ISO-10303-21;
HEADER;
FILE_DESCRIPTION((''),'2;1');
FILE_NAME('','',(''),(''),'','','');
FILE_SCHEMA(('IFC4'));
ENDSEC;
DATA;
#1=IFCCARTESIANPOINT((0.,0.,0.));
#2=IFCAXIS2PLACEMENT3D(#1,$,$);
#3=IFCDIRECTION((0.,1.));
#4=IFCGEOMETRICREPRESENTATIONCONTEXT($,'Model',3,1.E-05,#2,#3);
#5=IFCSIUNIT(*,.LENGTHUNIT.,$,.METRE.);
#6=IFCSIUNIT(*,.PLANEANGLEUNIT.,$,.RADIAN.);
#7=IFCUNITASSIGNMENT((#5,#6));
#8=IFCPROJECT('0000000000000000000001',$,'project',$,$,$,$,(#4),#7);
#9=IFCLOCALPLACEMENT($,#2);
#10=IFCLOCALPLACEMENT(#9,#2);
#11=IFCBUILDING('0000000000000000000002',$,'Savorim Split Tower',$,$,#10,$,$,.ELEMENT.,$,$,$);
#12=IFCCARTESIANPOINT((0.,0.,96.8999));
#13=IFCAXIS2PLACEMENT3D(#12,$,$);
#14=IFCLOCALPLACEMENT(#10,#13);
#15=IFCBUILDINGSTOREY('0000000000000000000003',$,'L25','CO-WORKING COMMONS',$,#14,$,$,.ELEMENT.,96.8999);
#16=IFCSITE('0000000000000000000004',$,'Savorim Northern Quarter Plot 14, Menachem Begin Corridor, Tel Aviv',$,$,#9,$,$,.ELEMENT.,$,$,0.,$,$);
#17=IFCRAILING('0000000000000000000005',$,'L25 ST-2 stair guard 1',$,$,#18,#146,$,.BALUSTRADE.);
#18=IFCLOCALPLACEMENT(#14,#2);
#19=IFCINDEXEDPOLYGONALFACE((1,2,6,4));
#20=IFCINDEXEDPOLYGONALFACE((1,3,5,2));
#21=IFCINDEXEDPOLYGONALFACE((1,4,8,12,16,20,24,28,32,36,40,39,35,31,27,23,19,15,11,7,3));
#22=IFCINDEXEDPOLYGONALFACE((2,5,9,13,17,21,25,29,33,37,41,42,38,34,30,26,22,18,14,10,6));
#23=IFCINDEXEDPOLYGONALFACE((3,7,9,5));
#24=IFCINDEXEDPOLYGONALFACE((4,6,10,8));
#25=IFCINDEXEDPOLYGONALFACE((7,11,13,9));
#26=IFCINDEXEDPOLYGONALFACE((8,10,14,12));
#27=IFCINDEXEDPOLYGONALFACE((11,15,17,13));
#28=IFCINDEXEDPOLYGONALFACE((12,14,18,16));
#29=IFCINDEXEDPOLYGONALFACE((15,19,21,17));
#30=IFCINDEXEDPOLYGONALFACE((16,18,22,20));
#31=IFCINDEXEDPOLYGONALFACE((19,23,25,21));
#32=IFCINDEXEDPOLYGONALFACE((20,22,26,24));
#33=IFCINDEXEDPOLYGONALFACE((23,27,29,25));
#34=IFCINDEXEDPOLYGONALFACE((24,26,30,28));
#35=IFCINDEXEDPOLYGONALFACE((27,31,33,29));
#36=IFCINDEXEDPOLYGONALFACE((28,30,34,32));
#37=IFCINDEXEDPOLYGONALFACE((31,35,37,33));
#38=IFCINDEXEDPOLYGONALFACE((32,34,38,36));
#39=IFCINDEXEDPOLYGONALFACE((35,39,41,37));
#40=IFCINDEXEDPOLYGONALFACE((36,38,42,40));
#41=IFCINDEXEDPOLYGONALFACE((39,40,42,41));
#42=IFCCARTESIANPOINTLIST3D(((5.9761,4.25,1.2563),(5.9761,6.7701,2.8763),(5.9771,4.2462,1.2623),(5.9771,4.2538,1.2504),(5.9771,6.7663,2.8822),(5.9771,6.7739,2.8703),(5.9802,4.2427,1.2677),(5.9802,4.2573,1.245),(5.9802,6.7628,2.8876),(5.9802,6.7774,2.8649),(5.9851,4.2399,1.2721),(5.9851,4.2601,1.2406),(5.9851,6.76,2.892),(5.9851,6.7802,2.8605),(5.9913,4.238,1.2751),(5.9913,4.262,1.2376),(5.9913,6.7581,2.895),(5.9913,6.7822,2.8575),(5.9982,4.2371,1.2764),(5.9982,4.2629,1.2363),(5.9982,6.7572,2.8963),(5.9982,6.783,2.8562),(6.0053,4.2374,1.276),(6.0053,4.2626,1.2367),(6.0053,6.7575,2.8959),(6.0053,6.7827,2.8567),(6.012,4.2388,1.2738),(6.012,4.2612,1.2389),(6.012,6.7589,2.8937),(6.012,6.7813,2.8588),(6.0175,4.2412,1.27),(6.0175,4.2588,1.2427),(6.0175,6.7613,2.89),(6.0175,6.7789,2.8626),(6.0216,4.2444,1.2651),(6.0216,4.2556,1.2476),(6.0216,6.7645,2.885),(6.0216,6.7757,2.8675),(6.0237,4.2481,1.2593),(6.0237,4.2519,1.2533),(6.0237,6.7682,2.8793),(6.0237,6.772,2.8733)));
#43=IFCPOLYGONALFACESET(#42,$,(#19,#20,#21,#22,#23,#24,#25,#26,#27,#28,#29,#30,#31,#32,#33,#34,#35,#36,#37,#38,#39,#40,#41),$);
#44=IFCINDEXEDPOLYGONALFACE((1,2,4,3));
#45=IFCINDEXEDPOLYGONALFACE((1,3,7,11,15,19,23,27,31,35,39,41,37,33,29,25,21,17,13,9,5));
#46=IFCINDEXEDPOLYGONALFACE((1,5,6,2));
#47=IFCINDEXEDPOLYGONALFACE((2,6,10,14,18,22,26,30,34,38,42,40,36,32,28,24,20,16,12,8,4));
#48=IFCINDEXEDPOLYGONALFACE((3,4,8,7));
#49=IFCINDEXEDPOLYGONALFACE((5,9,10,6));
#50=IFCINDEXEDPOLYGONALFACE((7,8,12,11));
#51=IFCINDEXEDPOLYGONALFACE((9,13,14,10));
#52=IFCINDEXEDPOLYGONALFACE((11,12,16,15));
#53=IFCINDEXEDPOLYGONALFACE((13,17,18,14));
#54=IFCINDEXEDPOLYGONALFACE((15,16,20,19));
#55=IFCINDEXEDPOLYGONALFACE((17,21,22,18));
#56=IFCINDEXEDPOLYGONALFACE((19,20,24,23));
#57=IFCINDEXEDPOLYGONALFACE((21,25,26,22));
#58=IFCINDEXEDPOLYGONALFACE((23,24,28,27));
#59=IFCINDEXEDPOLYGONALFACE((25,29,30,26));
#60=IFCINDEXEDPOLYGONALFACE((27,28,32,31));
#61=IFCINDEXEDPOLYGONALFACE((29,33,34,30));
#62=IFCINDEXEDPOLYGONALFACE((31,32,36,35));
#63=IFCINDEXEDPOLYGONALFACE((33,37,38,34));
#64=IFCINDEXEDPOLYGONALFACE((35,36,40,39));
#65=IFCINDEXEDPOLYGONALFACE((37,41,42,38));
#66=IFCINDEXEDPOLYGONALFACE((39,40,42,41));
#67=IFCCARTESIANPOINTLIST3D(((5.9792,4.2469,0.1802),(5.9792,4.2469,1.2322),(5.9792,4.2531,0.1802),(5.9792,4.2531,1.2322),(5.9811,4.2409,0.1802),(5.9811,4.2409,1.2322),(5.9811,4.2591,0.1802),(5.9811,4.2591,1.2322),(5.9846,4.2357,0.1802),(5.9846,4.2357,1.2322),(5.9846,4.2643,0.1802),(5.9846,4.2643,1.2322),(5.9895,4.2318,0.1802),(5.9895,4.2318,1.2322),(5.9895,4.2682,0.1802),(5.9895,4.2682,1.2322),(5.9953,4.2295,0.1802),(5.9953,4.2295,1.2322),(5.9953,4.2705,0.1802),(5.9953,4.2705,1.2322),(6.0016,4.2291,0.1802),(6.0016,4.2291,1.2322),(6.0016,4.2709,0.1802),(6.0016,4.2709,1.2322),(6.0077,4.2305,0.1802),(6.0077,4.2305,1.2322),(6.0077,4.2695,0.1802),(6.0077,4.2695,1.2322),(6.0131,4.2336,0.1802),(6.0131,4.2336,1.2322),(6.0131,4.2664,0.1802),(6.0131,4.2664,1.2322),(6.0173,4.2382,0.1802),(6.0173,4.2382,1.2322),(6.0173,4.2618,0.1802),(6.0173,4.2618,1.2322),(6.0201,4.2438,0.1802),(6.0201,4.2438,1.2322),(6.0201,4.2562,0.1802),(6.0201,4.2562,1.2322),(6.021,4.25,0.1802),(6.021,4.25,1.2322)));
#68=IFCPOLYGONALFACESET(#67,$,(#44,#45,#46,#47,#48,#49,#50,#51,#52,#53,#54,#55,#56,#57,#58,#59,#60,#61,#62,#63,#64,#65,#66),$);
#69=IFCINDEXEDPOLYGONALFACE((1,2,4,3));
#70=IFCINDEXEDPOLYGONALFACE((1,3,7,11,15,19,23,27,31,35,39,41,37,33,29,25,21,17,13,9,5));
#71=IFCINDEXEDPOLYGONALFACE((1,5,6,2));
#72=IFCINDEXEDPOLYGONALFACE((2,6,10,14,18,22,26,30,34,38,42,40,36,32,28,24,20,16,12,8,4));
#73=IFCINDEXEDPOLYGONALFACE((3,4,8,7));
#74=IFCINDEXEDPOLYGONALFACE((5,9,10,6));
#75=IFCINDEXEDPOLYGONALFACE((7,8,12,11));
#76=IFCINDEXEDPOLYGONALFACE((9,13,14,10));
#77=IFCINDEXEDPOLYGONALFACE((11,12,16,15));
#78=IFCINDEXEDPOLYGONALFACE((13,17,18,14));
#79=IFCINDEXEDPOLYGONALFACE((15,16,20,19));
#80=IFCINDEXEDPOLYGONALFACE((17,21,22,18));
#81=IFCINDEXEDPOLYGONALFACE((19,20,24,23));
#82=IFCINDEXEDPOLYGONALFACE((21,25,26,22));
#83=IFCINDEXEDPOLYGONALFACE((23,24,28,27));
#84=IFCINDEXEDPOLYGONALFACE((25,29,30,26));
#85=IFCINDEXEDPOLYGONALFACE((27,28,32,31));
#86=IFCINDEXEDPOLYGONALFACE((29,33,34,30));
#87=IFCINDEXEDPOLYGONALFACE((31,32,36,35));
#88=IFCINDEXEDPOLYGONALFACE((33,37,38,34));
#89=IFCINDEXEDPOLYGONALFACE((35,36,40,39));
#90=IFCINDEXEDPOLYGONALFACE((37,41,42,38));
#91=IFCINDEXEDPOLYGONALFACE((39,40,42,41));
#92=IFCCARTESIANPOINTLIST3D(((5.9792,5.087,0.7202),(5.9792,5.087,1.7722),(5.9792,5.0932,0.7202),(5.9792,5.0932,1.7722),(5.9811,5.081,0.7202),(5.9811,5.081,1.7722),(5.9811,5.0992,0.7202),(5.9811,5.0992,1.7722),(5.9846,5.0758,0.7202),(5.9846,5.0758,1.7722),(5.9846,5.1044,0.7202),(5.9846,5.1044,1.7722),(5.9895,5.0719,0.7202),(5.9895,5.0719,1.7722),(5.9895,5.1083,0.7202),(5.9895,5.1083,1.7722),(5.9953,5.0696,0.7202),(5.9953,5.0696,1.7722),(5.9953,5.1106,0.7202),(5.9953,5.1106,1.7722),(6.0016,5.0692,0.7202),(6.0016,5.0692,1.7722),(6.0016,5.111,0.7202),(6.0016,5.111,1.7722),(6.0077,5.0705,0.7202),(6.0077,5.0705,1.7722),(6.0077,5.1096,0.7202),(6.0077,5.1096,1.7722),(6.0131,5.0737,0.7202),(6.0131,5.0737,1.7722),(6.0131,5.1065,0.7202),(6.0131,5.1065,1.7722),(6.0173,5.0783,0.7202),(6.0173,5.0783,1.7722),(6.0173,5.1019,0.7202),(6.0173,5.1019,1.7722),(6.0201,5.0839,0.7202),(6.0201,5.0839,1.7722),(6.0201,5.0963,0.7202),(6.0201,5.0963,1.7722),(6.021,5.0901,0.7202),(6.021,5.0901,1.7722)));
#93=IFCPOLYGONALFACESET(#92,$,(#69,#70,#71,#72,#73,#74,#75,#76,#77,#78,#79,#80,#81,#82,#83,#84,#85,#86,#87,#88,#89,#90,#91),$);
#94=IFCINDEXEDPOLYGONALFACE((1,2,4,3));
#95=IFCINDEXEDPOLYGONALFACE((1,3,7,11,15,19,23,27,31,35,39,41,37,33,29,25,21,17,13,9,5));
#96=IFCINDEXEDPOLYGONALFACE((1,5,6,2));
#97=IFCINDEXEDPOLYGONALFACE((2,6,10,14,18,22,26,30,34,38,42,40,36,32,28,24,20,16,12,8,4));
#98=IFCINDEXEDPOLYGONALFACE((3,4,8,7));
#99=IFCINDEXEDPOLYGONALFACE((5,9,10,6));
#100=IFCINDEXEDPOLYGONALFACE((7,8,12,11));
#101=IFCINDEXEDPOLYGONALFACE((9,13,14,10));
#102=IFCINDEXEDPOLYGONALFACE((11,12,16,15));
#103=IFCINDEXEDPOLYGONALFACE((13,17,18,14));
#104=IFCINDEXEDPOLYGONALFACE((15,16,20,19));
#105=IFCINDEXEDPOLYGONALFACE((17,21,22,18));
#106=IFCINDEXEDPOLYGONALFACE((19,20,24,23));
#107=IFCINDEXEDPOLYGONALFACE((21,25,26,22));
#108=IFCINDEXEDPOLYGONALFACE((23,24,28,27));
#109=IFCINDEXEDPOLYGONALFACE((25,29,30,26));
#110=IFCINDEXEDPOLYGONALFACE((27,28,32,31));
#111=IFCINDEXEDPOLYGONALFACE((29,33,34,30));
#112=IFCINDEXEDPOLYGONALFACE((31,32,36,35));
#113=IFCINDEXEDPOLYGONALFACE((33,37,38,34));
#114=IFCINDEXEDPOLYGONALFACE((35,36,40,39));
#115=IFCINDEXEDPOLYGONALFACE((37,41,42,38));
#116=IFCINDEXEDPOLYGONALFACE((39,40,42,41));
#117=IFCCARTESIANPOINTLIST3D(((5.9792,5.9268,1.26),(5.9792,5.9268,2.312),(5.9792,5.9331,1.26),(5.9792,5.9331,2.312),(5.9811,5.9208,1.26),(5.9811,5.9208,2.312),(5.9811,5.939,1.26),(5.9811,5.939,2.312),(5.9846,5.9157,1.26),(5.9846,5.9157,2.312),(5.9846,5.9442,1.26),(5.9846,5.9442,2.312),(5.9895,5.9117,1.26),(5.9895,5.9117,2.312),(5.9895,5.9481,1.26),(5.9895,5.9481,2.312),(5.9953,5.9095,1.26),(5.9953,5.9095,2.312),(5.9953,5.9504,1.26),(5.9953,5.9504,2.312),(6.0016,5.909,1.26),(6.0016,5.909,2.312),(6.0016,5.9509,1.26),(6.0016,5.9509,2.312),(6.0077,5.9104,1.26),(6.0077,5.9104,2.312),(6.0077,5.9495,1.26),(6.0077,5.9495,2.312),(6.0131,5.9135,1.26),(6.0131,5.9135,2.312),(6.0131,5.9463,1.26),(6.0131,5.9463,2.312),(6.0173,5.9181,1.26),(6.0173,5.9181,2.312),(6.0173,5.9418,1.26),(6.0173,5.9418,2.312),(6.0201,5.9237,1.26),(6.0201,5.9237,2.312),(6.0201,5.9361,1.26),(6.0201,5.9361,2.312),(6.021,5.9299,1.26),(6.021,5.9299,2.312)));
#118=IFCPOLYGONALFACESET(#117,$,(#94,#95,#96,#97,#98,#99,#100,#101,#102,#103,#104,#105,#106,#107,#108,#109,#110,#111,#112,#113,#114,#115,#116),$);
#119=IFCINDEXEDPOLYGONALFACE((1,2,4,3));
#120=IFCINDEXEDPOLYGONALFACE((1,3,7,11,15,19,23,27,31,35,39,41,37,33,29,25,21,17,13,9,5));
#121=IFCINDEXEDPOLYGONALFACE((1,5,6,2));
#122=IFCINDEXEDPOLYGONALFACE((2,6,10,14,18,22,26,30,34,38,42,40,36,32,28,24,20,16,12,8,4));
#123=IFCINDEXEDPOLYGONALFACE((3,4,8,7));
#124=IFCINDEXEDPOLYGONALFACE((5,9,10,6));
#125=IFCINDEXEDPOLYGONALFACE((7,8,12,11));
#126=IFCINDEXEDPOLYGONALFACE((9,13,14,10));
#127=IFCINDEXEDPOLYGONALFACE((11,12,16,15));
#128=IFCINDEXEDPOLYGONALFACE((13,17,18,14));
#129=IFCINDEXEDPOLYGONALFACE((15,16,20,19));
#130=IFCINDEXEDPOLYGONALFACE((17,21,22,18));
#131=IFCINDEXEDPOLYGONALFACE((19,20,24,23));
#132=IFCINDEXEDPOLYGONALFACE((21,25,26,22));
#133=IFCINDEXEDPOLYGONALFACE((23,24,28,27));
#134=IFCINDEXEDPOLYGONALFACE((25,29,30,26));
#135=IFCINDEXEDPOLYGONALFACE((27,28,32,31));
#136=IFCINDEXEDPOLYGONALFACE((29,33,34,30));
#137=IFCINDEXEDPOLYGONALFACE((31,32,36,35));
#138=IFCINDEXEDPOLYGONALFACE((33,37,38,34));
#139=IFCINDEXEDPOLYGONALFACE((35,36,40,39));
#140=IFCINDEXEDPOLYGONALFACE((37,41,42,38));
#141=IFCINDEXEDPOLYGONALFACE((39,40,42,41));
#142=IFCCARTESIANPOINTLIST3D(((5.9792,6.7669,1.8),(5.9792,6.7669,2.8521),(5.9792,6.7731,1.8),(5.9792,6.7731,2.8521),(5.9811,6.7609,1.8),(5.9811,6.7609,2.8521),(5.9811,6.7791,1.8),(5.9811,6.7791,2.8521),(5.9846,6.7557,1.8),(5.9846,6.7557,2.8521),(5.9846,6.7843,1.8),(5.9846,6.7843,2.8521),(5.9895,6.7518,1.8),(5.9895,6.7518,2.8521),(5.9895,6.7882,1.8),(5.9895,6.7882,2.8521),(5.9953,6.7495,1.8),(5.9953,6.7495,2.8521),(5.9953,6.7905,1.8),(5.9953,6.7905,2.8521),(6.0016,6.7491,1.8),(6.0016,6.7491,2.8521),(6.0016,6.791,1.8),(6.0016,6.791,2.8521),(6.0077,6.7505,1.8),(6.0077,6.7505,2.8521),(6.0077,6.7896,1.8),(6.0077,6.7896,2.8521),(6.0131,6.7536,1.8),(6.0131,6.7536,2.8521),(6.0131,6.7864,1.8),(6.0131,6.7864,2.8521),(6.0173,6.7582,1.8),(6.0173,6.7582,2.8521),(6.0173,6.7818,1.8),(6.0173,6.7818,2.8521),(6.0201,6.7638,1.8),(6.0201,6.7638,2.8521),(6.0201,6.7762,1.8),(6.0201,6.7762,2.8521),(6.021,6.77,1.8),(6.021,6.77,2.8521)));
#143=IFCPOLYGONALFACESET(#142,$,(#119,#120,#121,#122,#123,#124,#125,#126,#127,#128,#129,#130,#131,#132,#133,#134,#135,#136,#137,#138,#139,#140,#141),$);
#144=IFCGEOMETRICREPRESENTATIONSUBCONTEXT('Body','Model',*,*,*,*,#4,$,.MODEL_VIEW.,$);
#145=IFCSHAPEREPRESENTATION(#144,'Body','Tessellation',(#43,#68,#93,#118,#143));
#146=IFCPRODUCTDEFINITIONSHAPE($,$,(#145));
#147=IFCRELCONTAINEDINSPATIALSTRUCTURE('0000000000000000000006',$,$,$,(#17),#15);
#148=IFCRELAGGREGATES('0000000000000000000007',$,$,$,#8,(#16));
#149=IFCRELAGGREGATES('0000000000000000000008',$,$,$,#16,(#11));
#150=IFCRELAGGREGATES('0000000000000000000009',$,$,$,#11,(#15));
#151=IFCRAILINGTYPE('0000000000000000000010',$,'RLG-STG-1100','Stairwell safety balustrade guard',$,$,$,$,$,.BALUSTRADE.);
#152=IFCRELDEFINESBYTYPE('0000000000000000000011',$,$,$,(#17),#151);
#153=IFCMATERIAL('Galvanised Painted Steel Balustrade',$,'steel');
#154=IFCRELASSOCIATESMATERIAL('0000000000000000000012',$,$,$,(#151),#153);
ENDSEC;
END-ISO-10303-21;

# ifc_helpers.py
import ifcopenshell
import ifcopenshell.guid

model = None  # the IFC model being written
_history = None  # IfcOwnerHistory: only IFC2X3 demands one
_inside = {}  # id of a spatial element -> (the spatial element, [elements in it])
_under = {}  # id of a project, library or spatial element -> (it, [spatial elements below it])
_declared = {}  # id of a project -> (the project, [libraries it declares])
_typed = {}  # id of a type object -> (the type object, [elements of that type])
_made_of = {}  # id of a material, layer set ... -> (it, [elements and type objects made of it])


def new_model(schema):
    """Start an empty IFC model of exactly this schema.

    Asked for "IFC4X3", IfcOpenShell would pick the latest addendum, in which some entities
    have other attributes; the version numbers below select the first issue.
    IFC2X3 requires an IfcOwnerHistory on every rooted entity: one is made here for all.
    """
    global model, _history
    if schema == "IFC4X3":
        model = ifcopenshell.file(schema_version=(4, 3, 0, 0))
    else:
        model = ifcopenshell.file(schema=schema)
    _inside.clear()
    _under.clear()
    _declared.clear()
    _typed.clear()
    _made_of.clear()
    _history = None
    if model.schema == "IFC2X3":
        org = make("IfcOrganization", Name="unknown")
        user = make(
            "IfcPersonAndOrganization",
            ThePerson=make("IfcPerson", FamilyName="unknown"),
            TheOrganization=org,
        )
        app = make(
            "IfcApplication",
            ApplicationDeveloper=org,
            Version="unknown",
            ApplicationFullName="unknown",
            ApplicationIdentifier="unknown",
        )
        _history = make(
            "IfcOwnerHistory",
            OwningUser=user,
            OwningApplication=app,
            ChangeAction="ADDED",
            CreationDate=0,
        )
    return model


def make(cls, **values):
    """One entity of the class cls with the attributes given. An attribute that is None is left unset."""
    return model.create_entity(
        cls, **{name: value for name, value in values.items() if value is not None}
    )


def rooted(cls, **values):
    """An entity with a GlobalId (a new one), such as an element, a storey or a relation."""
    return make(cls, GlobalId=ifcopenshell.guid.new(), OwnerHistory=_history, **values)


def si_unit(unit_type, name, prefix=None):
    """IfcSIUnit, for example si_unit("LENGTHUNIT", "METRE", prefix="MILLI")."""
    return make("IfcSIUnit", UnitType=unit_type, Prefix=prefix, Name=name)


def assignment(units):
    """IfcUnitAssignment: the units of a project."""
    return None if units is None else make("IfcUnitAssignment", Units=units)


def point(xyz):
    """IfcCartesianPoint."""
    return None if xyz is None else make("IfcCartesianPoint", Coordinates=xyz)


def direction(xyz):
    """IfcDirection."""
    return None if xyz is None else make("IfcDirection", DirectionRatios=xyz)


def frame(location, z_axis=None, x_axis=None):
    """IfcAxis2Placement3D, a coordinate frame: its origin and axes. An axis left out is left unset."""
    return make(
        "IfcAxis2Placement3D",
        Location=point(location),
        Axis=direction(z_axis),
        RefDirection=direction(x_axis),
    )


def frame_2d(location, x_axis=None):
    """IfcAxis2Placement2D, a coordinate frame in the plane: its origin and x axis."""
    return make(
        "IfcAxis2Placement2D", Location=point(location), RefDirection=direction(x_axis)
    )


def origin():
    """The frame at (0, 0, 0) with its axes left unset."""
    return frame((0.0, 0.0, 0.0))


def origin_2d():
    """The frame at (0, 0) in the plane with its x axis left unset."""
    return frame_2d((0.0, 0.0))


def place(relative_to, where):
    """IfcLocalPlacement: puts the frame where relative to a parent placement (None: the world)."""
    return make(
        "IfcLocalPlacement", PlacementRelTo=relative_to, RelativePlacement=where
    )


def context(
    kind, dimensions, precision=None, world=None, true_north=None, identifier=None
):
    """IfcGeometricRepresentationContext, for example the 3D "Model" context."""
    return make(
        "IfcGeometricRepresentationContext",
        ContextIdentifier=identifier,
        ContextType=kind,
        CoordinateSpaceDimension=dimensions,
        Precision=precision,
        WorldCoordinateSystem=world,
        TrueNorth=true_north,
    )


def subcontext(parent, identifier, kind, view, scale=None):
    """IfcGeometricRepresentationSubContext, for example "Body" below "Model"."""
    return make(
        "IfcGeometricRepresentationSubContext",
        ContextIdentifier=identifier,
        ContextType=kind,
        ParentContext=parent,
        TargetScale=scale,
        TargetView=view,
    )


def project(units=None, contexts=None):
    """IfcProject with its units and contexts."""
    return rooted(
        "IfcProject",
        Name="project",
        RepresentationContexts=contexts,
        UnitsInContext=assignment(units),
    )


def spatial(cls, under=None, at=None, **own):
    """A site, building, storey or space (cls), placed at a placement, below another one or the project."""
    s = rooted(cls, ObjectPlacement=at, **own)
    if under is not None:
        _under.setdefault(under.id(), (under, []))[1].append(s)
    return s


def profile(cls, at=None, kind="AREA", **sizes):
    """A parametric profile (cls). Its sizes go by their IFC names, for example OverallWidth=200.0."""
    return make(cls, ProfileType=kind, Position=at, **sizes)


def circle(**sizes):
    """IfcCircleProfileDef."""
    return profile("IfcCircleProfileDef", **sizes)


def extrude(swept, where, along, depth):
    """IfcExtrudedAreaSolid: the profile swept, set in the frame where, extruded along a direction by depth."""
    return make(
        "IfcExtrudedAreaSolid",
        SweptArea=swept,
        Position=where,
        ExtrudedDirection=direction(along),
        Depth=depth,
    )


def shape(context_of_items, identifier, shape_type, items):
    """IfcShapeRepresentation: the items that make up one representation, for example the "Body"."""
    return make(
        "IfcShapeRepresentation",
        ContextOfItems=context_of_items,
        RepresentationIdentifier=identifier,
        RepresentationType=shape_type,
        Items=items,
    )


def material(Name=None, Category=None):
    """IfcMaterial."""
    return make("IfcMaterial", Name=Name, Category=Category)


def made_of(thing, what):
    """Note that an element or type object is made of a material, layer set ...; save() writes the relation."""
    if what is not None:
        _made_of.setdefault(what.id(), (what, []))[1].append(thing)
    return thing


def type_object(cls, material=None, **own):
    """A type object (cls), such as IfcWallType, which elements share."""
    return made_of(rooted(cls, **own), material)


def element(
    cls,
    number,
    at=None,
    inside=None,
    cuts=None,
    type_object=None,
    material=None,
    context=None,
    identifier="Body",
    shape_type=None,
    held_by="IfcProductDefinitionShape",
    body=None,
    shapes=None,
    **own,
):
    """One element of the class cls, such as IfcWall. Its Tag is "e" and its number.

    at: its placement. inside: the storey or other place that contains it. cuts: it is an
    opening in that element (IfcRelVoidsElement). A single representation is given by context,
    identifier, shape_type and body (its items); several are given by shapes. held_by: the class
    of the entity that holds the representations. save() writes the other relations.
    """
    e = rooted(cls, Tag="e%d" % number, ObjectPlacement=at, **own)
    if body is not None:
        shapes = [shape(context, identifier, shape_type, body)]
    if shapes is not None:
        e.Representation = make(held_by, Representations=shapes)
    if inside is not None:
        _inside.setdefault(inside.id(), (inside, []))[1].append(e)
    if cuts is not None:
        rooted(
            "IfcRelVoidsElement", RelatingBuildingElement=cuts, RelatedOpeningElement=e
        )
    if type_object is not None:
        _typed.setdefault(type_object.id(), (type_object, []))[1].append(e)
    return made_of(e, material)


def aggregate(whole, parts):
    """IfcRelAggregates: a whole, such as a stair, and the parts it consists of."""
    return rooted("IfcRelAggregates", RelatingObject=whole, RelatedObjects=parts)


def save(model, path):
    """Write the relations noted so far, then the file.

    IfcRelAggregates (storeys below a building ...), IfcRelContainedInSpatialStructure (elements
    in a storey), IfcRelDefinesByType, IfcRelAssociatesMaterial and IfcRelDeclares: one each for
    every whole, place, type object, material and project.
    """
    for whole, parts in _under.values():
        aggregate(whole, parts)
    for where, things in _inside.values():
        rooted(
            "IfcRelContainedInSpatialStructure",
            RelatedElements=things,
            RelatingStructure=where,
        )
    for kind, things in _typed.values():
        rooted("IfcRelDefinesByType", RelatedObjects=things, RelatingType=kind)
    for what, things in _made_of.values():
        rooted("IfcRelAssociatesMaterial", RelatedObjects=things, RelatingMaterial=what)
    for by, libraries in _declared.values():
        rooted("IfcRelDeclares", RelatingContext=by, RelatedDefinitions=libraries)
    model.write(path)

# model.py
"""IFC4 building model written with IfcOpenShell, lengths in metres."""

from ifc_helpers import new_model, si_unit, direction, frame, origin, origin_2d, place, context, subcontext, project, spatial, circle, extrude, material, type_object, element, save


model = new_model("IFC4")

# Units and contexts
model_context = context("Model", 3, precision=1e-05, world=origin(), true_north=direction((0.0, 1.0)))
body_context = subcontext(model_context, "Body", "Model", "MODEL_VIEW")
ifc_project = project(units=[si_unit("LENGTHUNIT", "METRE"), si_unit("PLANEANGLEUNIT", "RADIAN")], contexts=[model_context])

# Site, building, storey
site_placement = place(None, origin())
site = spatial("IfcSite", under=ifc_project, at=site_placement, Name="Savorim Northern Quarter Plot 14, Menachem Begin Corridor, Tel Aviv", CompositionType="ELEMENT", RefElevation=0.0)
building_placement = place(site_placement, origin())
building = spatial("IfcBuilding", under=site, at=building_placement, Name="Savorim Split Tower", CompositionType="ELEMENT")
storey_placement = place(building_placement, frame((0.0, 0.0, 96.8999)))
storey = spatial("IfcBuildingStorey", under=building, at=storey_placement, Name="L25", Description="CO-WORKING COMMONS", CompositionType="ELEMENT", Elevation=96.8999)

# Railing
ifc_material_1 = material(Name="Galvanised Painted Steel Balustrade", Category="steel")
railing_type_1 = type_object("IfcRailingType", Name="RLG-STG-1100", Description="Stairwell safety balustrade guard", PredefinedType="BALUSTRADE", material=ifc_material_1)
railing_1_placement = place(storey_placement, frame((6.0, 4.25, 0.1802)))
element("IfcRailing", 1, at=railing_1_placement, inside=storey, type_object=railing_type_1, Name="L25 ST-2 stair guard 1", PredefinedType="BALUSTRADE", context=body_context, shape_type="SweptSolid", body=[
    extrude(circle(Radius=0.0239, at=origin_2d()), frame((0.0, 0.0, 1.0762), z_axis=(0.0, 0.8412, 0.540725), x_axis=(-1.0, 0.0, 0.0)), (0.0, 0.0, 1.0), 2.9958),
    extrude(circle(Radius=0.021, at=origin_2d()), origin(), (0.0, 0.0, 1.0), 1.052),
    extrude(circle(Radius=0.021, at=origin_2d()), frame((0.0, 0.8401, 0.54)), (0.0, 0.0, 1.0), 1.052),
    extrude(circle(Radius=0.021, at=origin_2d()), frame((0.0, 1.6799, 1.0798)), (0.0, 0.0, 1.0), 1.052),
    extrude(circle(Radius=0.021, at=origin_2d()), frame((0.0, 2.52, 1.6199)), (0.0, 0.0, 1.0), 1.052),
])

save(model, "model.ifc")
